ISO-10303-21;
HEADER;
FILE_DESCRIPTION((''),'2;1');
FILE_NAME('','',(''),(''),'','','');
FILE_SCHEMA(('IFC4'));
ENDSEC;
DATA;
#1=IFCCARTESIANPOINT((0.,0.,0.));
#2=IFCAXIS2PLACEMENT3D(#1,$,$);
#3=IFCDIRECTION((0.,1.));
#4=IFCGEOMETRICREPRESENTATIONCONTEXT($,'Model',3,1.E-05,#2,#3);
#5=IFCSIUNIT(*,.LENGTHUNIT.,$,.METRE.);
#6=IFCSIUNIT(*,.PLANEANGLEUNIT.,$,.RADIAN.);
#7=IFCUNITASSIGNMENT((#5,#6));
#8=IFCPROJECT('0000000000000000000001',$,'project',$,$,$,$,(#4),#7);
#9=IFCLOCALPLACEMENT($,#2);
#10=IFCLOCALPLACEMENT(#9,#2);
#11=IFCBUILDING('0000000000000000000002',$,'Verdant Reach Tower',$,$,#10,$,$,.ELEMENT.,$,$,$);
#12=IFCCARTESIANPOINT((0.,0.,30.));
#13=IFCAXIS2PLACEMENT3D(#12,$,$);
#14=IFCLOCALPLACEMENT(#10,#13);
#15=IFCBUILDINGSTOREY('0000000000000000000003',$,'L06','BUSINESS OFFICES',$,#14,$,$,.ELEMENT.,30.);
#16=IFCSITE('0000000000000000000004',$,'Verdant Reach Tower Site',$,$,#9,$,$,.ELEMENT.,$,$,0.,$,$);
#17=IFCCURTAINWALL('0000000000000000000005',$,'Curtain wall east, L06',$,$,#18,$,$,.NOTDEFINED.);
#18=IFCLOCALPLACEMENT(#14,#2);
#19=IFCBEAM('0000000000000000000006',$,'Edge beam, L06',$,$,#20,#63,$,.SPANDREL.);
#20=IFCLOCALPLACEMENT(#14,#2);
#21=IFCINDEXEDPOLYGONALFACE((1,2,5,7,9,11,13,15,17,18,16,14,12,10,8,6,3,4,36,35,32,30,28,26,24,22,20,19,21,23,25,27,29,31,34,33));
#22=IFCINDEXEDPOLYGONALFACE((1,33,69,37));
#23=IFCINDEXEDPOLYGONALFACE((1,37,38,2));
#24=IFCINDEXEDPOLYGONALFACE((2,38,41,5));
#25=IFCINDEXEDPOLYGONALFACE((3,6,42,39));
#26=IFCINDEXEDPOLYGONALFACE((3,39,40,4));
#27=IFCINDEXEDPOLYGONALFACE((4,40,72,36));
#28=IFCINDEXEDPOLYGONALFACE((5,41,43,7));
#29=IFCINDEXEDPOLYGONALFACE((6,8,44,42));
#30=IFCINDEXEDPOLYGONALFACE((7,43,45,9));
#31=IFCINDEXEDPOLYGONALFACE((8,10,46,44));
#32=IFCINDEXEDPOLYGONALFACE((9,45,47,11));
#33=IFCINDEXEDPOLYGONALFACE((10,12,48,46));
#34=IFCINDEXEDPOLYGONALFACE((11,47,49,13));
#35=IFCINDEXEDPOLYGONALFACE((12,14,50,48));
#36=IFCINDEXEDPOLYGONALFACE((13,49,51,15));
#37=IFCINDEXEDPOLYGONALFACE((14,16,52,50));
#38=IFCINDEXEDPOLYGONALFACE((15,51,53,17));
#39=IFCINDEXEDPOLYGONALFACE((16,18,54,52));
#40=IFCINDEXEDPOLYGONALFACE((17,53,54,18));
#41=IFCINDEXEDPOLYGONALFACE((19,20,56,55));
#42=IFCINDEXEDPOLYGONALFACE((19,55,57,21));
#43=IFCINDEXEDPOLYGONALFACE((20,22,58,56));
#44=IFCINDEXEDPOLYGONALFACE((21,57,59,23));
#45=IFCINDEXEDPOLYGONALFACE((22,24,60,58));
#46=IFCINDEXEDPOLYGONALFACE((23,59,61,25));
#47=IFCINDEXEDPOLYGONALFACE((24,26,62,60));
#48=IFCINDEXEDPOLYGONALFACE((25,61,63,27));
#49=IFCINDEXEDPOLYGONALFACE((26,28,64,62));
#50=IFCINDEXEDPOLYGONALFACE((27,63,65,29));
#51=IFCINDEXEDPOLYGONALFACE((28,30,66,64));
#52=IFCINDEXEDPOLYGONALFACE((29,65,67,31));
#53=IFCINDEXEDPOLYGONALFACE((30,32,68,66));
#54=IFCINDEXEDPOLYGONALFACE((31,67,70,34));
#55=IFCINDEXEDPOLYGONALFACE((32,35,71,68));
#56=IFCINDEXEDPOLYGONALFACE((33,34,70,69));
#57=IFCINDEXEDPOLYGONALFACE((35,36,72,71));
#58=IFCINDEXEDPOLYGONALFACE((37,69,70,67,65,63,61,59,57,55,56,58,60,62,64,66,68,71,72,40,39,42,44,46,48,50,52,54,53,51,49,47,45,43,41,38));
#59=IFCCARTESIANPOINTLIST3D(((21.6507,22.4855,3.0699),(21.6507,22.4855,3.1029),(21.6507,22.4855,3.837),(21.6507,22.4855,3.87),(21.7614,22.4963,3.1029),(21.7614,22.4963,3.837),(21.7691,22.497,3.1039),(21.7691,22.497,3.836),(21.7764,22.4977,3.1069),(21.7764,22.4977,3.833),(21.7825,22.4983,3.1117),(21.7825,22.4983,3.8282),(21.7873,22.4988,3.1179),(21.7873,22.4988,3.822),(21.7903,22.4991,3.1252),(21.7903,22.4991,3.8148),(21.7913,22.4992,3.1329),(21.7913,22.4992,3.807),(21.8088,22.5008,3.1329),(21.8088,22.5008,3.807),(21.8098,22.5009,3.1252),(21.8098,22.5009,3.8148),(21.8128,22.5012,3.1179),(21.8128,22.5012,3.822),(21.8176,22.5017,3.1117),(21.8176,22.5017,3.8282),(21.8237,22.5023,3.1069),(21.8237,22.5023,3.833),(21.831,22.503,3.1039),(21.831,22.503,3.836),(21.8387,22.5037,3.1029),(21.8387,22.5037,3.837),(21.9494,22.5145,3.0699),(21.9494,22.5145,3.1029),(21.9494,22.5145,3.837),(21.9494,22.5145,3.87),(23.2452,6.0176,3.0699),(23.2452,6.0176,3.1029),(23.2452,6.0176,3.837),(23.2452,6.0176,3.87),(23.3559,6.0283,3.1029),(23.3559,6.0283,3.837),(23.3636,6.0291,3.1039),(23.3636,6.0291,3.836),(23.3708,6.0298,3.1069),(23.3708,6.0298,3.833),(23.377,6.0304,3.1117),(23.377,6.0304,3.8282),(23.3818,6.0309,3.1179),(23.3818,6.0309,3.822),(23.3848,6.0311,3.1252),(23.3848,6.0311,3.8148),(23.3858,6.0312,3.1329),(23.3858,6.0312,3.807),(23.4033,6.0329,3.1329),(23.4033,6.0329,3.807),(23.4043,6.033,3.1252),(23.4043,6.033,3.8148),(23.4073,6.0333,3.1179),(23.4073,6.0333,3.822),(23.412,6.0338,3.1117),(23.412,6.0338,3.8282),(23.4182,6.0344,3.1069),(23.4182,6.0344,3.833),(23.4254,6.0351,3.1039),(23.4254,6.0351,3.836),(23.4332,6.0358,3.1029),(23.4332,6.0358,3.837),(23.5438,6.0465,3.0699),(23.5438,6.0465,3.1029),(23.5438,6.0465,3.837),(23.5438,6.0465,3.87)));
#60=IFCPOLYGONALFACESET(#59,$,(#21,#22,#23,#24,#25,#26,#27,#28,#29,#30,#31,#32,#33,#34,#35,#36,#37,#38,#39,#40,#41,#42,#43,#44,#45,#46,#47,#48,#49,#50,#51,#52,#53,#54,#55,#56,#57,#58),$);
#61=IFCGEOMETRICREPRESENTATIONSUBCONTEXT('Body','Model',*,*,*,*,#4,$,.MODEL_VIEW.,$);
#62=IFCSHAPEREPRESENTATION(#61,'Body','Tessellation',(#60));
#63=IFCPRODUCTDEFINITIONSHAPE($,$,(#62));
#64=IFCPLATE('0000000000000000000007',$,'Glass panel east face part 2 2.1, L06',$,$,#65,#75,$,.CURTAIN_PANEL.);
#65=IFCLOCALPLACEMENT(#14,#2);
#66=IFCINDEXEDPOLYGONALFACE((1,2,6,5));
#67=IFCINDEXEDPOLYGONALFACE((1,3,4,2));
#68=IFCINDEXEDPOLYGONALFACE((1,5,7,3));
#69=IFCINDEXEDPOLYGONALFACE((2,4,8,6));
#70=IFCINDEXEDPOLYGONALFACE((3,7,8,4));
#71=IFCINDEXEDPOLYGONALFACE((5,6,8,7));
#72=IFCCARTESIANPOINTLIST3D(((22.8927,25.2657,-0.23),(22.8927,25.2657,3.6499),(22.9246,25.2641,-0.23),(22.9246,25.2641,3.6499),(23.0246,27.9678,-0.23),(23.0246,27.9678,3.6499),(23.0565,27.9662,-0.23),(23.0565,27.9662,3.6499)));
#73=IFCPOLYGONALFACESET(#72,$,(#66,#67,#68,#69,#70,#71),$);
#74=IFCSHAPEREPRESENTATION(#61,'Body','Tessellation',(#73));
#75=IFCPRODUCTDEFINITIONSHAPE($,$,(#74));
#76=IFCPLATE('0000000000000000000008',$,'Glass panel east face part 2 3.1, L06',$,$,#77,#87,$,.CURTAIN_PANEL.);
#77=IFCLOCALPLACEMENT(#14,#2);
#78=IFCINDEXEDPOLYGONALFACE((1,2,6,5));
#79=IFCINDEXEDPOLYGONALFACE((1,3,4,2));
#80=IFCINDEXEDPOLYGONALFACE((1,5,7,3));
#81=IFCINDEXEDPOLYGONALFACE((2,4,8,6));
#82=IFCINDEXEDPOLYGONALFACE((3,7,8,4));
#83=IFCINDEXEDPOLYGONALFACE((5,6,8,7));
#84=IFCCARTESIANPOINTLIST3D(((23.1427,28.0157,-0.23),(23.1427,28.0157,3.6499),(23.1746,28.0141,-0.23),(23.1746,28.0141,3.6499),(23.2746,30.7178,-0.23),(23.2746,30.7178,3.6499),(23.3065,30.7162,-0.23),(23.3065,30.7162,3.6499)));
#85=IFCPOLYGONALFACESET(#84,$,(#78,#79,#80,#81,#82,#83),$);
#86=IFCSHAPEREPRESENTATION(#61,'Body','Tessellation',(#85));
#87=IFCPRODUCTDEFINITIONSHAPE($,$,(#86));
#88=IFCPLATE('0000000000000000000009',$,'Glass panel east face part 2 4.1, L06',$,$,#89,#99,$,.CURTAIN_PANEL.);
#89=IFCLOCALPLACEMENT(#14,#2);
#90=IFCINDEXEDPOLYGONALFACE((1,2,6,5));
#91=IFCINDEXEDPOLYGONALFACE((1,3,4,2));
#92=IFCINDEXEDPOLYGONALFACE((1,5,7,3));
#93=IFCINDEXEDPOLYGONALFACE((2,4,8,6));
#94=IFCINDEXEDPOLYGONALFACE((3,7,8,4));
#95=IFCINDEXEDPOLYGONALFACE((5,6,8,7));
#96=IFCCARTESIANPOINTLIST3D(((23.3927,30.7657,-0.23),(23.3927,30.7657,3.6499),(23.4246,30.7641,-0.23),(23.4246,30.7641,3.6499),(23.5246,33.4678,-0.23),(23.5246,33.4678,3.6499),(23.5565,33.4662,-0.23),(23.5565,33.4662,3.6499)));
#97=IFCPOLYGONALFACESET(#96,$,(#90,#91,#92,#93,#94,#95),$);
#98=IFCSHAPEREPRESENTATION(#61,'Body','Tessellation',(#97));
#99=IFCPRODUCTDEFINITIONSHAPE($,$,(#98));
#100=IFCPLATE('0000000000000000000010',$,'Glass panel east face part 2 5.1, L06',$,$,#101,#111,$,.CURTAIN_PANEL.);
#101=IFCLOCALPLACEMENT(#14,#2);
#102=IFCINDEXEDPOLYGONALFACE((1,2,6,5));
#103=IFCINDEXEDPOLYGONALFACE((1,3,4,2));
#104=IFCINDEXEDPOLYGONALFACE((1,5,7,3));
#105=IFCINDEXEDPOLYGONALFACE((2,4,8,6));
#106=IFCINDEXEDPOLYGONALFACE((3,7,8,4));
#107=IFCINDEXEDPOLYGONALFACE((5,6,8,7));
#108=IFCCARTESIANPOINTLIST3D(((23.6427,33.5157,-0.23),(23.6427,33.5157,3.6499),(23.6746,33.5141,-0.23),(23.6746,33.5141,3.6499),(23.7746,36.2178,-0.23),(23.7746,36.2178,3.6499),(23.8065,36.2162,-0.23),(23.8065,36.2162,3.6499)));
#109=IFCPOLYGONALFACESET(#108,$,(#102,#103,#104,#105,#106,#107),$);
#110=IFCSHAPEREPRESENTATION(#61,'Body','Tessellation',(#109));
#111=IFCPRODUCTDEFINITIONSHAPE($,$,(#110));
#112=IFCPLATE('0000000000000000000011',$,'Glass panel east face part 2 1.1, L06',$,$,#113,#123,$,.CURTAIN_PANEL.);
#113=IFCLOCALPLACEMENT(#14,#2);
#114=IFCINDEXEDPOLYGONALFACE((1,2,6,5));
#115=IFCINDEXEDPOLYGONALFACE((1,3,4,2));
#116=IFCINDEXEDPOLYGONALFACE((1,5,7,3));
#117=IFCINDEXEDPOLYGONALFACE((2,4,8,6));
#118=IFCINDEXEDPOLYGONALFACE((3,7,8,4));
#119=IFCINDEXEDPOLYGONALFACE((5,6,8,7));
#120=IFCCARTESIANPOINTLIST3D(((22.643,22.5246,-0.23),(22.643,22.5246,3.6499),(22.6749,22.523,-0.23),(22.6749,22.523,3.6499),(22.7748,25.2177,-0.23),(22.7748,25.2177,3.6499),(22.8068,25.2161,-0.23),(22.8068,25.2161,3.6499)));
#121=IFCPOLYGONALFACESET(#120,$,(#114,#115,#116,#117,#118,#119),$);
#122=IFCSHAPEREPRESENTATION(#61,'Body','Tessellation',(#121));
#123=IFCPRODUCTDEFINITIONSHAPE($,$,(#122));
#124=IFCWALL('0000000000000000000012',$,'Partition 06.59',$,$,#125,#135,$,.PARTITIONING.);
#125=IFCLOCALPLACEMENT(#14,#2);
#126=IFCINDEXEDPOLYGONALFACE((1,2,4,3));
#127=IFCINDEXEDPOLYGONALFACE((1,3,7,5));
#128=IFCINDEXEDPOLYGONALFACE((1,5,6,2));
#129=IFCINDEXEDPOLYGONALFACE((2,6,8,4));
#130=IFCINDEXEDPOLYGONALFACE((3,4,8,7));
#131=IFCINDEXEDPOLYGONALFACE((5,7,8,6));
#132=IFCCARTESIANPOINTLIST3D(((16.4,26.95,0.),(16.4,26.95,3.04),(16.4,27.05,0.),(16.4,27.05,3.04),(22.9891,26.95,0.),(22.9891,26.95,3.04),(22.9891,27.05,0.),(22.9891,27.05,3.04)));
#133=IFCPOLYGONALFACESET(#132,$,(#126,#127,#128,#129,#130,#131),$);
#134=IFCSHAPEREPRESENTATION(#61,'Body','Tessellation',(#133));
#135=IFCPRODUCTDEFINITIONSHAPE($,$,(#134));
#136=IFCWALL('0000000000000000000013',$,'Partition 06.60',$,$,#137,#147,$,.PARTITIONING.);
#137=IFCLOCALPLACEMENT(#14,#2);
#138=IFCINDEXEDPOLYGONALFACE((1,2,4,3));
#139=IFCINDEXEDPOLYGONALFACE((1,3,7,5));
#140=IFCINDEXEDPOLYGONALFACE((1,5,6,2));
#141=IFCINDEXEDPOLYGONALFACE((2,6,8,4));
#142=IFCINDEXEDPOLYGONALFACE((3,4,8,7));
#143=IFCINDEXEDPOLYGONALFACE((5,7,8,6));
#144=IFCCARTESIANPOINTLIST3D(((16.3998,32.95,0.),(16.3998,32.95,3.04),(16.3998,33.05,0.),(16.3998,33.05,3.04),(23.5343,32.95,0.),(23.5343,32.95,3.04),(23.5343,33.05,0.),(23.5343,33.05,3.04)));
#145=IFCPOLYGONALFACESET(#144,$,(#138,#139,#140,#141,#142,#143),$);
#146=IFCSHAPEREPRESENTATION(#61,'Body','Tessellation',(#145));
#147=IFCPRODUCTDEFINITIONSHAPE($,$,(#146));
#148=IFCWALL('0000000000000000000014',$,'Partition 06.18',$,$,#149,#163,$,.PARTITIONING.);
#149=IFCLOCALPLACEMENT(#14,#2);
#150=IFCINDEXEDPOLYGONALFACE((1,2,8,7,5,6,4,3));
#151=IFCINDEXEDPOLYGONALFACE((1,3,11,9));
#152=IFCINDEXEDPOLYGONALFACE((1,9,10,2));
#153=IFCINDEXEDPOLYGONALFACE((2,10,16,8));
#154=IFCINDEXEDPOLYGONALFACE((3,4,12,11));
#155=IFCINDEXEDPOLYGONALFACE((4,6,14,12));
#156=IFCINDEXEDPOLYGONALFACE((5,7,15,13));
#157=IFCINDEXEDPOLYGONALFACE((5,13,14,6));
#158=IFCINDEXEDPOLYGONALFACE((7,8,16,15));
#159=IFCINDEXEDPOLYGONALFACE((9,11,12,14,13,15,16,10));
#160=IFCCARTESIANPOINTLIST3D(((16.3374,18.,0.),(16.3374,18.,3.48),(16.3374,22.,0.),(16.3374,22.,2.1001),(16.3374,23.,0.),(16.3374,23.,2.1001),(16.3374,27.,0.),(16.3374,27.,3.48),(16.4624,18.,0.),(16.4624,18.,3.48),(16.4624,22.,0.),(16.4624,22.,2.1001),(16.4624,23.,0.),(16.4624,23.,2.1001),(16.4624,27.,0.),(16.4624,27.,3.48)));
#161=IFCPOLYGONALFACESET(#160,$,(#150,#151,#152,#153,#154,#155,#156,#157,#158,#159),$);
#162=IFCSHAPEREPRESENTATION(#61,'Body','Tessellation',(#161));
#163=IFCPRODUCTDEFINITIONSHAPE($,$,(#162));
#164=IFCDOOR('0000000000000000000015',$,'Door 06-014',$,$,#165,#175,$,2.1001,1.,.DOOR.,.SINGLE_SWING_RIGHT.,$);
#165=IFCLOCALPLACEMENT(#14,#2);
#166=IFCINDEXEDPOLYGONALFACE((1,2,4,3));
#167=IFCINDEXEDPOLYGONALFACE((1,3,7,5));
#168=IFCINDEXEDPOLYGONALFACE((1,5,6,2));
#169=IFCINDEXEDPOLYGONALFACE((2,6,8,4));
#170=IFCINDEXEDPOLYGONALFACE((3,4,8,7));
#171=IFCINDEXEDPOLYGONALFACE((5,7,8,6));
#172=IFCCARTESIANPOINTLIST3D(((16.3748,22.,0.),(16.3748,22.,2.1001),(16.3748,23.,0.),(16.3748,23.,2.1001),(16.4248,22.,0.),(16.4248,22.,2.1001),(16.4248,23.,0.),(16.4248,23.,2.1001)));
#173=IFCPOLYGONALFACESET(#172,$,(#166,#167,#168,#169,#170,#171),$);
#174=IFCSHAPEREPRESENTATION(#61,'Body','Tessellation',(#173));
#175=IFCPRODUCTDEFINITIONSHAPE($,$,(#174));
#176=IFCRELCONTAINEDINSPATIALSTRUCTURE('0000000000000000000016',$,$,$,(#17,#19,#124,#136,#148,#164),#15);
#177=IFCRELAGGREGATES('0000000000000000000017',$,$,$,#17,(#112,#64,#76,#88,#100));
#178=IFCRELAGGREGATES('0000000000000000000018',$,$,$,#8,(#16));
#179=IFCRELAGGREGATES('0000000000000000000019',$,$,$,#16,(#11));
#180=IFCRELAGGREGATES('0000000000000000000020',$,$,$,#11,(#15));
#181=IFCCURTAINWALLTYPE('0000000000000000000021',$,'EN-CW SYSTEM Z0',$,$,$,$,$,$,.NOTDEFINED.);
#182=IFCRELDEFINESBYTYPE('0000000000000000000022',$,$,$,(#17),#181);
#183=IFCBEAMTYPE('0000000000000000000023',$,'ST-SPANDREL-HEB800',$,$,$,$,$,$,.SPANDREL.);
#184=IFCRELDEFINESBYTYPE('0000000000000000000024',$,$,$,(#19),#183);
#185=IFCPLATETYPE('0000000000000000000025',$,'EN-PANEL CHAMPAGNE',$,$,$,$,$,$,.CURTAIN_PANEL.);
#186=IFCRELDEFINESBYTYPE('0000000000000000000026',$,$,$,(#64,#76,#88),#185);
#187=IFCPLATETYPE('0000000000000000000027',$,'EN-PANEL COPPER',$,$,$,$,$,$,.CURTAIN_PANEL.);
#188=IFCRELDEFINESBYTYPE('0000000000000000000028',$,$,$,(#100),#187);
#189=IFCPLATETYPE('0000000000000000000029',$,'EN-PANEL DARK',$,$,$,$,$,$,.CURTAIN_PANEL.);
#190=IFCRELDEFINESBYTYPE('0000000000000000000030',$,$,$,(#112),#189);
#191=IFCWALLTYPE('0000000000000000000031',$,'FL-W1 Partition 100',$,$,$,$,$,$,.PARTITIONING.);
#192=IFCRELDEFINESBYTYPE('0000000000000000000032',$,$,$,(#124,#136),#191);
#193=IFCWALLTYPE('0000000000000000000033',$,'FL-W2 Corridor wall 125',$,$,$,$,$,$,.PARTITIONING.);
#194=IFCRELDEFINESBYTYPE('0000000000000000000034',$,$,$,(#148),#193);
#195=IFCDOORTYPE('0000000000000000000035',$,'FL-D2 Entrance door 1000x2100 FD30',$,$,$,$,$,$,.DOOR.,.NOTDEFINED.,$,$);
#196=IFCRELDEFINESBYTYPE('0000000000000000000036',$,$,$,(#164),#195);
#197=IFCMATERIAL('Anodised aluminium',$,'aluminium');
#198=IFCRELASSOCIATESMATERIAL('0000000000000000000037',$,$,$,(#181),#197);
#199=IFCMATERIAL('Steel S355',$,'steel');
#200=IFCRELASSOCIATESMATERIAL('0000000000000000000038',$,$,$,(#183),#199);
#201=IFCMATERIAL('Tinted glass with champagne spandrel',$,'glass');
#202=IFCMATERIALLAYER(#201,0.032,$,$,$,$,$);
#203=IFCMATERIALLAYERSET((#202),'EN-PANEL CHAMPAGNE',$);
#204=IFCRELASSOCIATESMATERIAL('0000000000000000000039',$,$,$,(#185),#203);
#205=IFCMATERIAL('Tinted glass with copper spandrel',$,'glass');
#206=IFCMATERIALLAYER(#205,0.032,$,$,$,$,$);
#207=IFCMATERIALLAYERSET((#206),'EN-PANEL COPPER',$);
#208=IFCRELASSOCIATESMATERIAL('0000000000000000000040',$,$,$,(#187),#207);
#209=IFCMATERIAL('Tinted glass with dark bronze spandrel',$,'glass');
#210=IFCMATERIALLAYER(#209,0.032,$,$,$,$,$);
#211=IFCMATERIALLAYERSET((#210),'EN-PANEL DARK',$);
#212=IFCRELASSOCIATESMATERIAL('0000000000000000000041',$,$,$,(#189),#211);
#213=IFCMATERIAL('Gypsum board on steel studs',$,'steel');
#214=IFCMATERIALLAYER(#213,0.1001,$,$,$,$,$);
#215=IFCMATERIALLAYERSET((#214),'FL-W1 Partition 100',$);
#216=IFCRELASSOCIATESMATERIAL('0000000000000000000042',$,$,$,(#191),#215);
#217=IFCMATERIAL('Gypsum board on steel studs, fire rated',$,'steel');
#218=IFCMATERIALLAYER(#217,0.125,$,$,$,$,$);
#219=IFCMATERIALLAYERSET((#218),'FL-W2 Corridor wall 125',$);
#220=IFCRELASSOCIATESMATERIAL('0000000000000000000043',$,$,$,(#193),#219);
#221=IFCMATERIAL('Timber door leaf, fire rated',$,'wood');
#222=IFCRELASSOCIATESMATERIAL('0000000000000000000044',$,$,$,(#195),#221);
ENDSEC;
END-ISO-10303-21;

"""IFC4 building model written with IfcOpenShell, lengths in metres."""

from ifc_helpers import new_model, si_unit, direction, frame, frame_2d, origin, origin_2d, place, context, subcontext, project, spatial, rectangle, i_section, extrude, material, layer, layer_set, material_profile, profile_set, type_object, element, fill, aggregate, save


model = new_model("IFC4")

# Units and contexts
model_context = context("Model", 3, precision=1e-05, world=origin(), true_north=direction((0.0, 1.0)))
body_context = subcontext(model_context, "Body", "Model", "MODEL_VIEW")
ifc_project = project(units=[si_unit("LENGTHUNIT", "METRE"), si_unit("PLANEANGLEUNIT", "RADIAN")], contexts=[model_context])

# Site, building, storey
site_placement = place(None, origin())
site = spatial("IfcSite", under=ifc_project, at=site_placement, Name="Verdant Reach Tower Site", CompositionType="ELEMENT", RefElevation=0.0)
building_placement = place(site_placement, origin())
building = spatial("IfcBuilding", under=site, at=building_placement, Name="Verdant Reach Tower", CompositionType="ELEMENT")
storey_placement = place(building_placement, frame((0.0, 0.0, 30.0)))
storey = spatial("IfcBuildingStorey", under=building, at=storey_placement, Name="L06", Description="BUSINESS OFFICES", CompositionType="ELEMENT", Elevation=30.0)

# Curtain wall
ifc_material_1 = material(Name="Anodised aluminium", Category="aluminium")
curtain_wall_type = type_object("IfcCurtainWallType", Name="EN-CW SYSTEM Z0", PredefinedType="NOTDEFINED", material=ifc_material_1)
curtain_wall_placement = place(storey_placement, origin())
curtain_wall = element("IfcCurtainWall", 1, at=curtain_wall_placement, inside=storey, type_object=curtain_wall_type, Name="Curtain wall east, L06", PredefinedType="NOTDEFINED")

# Beam
ifc_material_2 = material(Name="Steel S355", Category="steel")
ifc_material_profile_1 = material_profile(ifc_material_2, i_section(OverallWidth=0.3, OverallDepth=0.8, WebThickness=0.0176, FlangeThickness=0.033, FilletRadius=0.03, at=origin_2d()), Name="HEB 800")
ifc_profile_set_1 = profile_set([ifc_material_profile_1], Name="Steel S355")
beam_type_1 = type_object("IfcBeamType", Name="ST-SPANDREL-HEB800", PredefinedType="SPANDREL", material=ifc_profile_set_1)
beam_1_placement = place(storey_placement, frame((21.8, 22.5, 3.47), z_axis=(0.096372, -0.995345, 0.0), x_axis=(0.995345, 0.096372, 0.0)))
element("IfcBeam", 2, at=beam_1_placement, inside=storey, type_object=beam_type_1, Name="Edge beam, L06", PredefinedType="SPANDREL", context=body_context, shape_type="SweptSolid", body=[
    extrude(i_section(OverallWidth=0.3, OverallDepth=0.8, WebThickness=0.0176, FlangeThickness=0.033, FilletRadius=0.03, at=origin_2d()), origin(), (0.0, 0.0, 1.0), 16.5449),
])

# Plates
ifc_material_3 = material(Name="Tinted glass with champagne spandrel", Category="glass")
ifc_layer_1 = layer(ifc_material_3, 0.032)
ifc_layer_set_1 = layer_set([ifc_layer_1], Name="EN-PANEL CHAMPAGNE")
plate_type_1 = type_object("IfcPlateType", Name="EN-PANEL CHAMPAGNE", PredefinedType="CURTAIN_PANEL", material=ifc_layer_set_1)
plate_1_placement = place(storey_placement, frame((22.9746, 26.616, -0.23), z_axis=(0.0, 0.0, 1.0), x_axis=(0.048753, 0.998811, 0.0)))
plate_1 = element("IfcPlate", 3, at=plate_1_placement, type_object=plate_type_1, Name="Glass panel east face part 2 2.1, L06", PredefinedType="CURTAIN_PANEL", context=body_context, shape_type="SweptSolid", body=[
    extrude(rectangle(XDim=2.7053, YDim=0.032, at=origin_2d()), origin(), (0.0, 0.0, 1.0), 3.8799),
])
plate_2_placement = place(storey_placement, frame((23.2246, 29.366, -0.23), z_axis=(0.0, 0.0, 1.0), x_axis=(0.048753, 0.998811, 0.0)))
plate_2 = element("IfcPlate", 4, at=plate_2_placement, type_object=plate_type_1, Name="Glass panel east face part 2 3.1, L06", PredefinedType="CURTAIN_PANEL", context=body_context, shape_type="SweptSolid", body=[
    extrude(rectangle(XDim=2.7053, YDim=0.032, at=origin_2d()), origin(), (0.0, 0.0, 1.0), 3.8799),
])
plate_3_placement = place(storey_placement, frame((23.4746, 32.116, -0.23), z_axis=(0.0, 0.0, 1.0), x_axis=(0.048753, 0.998811, 0.0)))
plate_3 = element("IfcPlate", 5, at=plate_3_placement, type_object=plate_type_1, Name="Glass panel east face part 2 4.1, L06", PredefinedType="CURTAIN_PANEL", context=body_context, shape_type="SweptSolid", body=[
    extrude(rectangle(XDim=2.7053, YDim=0.032, at=origin_2d()), origin(), (0.0, 0.0, 1.0), 3.8799),
])
ifc_material_4 = material(Name="Tinted glass with copper spandrel", Category="glass")
ifc_layer_2 = layer(ifc_material_4, 0.032)
ifc_layer_set_2 = layer_set([ifc_layer_2], Name="EN-PANEL COPPER")
plate_type_2 = type_object("IfcPlateType", Name="EN-PANEL COPPER", PredefinedType="CURTAIN_PANEL", material=ifc_layer_set_2)
plate_4_placement = place(storey_placement, frame((23.7246, 34.866, -0.23), z_axis=(0.0, 0.0, 1.0), x_axis=(0.048753, 0.998811, 0.0)))
plate_4 = element("IfcPlate", 6, at=plate_4_placement, type_object=plate_type_2, Name="Glass panel east face part 2 5.1, L06", PredefinedType="CURTAIN_PANEL", context=body_context, shape_type="SweptSolid", body=[
    extrude(rectangle(XDim=2.7053, YDim=0.032, at=origin_2d()), origin(), (0.0, 0.0, 1.0), 3.8799),
])
ifc_material_5 = material(Name="Tinted glass with dark bronze spandrel", Category="glass")
ifc_layer_3 = layer(ifc_material_5, 0.032)
ifc_layer_set_3 = layer_set([ifc_layer_3], Name="EN-PANEL DARK")
plate_type_3 = type_object("IfcPlateType", Name="EN-PANEL DARK", PredefinedType="CURTAIN_PANEL", material=ifc_layer_set_3)
plate_5_placement = place(storey_placement, frame((22.7249, 23.8704, -0.23), z_axis=(0.0, 0.0, 1.0), x_axis=(0.048902, 0.998804, 0.0)))
plate_5 = element("IfcPlate", 7, at=plate_5_placement, type_object=plate_type_3, Name="Glass panel east face part 2 1.1, L06", PredefinedType="CURTAIN_PANEL", context=body_context, shape_type="SweptSolid", body=[
    extrude(rectangle(XDim=2.6963, YDim=0.032, at=origin_2d()), origin(), (0.0, 0.0, 1.0), 3.8799),
])
aggregate(curtain_wall, [plate_5, plate_1, plate_2, plate_3, plate_4])

# Walls
ifc_material_6 = material(Name="Gypsum board on steel studs", Category="steel")
ifc_layer_4 = layer(ifc_material_6, 0.1001)
ifc_layer_set_4 = layer_set([ifc_layer_4], Name="FL-W1 Partition 100")
wall_type_1 = type_object("IfcWallType", Name="FL-W1 Partition 100", PredefinedType="PARTITIONING", material=ifc_layer_set_4)
wall_1_placement = place(storey_placement, frame((22.989, 27.0, 0.0), z_axis=(0.0, 0.0, 1.0), x_axis=(-1.0, 0.0, 0.0)))
element("IfcWall", 8, at=wall_1_placement, inside=storey, type_object=wall_type_1, Name="Partition 06.59", PredefinedType="PARTITIONING", context=body_context, shape_type="SweptSolid", body=[
    extrude(rectangle(XDim=6.5891, YDim=0.1001, at=frame_2d((3.2944, 0.0))), origin(), (0.0, 0.0, 1.0), 3.04),
])
wall_2_placement = place(storey_placement, frame((23.5344, 33.0, 0.0), z_axis=(0.0, 0.0, 1.0), x_axis=(-1.0, 0.0, 0.0)))
element("IfcWall", 9, at=wall_2_placement, inside=storey, type_object=wall_type_1, Name="Partition 06.60", PredefinedType="PARTITIONING", context=body_context, shape_type="SweptSolid", body=[
    extrude(rectangle(XDim=7.1345, YDim=0.1001, at=frame_2d((3.5674, 0.0))), origin(), (0.0, 0.0, 1.0), 3.04),
])

# Wall, opening, door
ifc_material_7 = material(Name="Gypsum board on steel studs, fire rated", Category="steel")
ifc_layer_5 = layer(ifc_material_7, 0.125)
ifc_layer_set_5 = layer_set([ifc_layer_5], Name="FL-W2 Corridor wall 125")
wall_type_2 = type_object("IfcWallType", Name="FL-W2 Corridor wall 125", PredefinedType="PARTITIONING", material=ifc_layer_set_5)
wall_3_placement = place(storey_placement, frame((16.3999, 27.0, 0.0), z_axis=(0.0, 0.0, 1.0), x_axis=(0.0, -1.0, 0.0)))
wall_3 = element("IfcWall", 10, at=wall_3_placement, inside=storey, type_object=wall_type_2, Name="Partition 06.18", PredefinedType="PARTITIONING", context=body_context, shape_type="SweptSolid", body=[
    extrude(rectangle(XDim=9.0, YDim=0.125, at=frame_2d((4.5, 0.0))), origin(), (0.0, 0.0, 1.0), 3.48),
])
opening_1_placement = place(wall_3_placement, frame((4.0, 0.0, 0.0)))
opening_1 = element("IfcOpeningElement", 11, at=opening_1_placement, cuts=wall_3, PredefinedType="OPENING", context=body_context, shape_type="SweptSolid", body=[
    extrude(rectangle(XDim=1.0, YDim=2.1001, at=frame_2d((0.5, 1.05))), frame((0.0, 0.0725, 0.0), z_axis=(0.0, -1.0, 0.0), x_axis=(1.0, 0.0, 0.0)), (0.0, 0.0, 1.0), 0.145),
])
ifc_material_8 = material(Name="Timber door leaf, fire rated", Category="wood")
door_type = type_object("IfcDoorType", Name="FL-D2 Entrance door 1000x2100 FD30", OperationType="NOTDEFINED", PredefinedType="DOOR", material=ifc_material_8)
door_1_placement = place(opening_1_placement, origin())
door_1 = element("IfcDoor", 12, at=door_1_placement, inside=storey, type_object=door_type, Name="Door 06-014", OperationType="SINGLE_SWING_RIGHT", OverallHeight=2.1001, OverallWidth=1.0, PredefinedType="DOOR", context=body_context, shape_type="SweptSolid", body=[
    extrude(rectangle(XDim=1.0, YDim=2.1001, at=frame_2d((0.5, 1.05))), frame((0.0, 0.0249, 0.0), z_axis=(0.0, -1.0, 0.0), x_axis=(1.0, 0.0, 0.0)), (0.0, 0.0, 1.0), 0.05),
])
fill(opening_1, door_1)

save(model, "model.ifc")
